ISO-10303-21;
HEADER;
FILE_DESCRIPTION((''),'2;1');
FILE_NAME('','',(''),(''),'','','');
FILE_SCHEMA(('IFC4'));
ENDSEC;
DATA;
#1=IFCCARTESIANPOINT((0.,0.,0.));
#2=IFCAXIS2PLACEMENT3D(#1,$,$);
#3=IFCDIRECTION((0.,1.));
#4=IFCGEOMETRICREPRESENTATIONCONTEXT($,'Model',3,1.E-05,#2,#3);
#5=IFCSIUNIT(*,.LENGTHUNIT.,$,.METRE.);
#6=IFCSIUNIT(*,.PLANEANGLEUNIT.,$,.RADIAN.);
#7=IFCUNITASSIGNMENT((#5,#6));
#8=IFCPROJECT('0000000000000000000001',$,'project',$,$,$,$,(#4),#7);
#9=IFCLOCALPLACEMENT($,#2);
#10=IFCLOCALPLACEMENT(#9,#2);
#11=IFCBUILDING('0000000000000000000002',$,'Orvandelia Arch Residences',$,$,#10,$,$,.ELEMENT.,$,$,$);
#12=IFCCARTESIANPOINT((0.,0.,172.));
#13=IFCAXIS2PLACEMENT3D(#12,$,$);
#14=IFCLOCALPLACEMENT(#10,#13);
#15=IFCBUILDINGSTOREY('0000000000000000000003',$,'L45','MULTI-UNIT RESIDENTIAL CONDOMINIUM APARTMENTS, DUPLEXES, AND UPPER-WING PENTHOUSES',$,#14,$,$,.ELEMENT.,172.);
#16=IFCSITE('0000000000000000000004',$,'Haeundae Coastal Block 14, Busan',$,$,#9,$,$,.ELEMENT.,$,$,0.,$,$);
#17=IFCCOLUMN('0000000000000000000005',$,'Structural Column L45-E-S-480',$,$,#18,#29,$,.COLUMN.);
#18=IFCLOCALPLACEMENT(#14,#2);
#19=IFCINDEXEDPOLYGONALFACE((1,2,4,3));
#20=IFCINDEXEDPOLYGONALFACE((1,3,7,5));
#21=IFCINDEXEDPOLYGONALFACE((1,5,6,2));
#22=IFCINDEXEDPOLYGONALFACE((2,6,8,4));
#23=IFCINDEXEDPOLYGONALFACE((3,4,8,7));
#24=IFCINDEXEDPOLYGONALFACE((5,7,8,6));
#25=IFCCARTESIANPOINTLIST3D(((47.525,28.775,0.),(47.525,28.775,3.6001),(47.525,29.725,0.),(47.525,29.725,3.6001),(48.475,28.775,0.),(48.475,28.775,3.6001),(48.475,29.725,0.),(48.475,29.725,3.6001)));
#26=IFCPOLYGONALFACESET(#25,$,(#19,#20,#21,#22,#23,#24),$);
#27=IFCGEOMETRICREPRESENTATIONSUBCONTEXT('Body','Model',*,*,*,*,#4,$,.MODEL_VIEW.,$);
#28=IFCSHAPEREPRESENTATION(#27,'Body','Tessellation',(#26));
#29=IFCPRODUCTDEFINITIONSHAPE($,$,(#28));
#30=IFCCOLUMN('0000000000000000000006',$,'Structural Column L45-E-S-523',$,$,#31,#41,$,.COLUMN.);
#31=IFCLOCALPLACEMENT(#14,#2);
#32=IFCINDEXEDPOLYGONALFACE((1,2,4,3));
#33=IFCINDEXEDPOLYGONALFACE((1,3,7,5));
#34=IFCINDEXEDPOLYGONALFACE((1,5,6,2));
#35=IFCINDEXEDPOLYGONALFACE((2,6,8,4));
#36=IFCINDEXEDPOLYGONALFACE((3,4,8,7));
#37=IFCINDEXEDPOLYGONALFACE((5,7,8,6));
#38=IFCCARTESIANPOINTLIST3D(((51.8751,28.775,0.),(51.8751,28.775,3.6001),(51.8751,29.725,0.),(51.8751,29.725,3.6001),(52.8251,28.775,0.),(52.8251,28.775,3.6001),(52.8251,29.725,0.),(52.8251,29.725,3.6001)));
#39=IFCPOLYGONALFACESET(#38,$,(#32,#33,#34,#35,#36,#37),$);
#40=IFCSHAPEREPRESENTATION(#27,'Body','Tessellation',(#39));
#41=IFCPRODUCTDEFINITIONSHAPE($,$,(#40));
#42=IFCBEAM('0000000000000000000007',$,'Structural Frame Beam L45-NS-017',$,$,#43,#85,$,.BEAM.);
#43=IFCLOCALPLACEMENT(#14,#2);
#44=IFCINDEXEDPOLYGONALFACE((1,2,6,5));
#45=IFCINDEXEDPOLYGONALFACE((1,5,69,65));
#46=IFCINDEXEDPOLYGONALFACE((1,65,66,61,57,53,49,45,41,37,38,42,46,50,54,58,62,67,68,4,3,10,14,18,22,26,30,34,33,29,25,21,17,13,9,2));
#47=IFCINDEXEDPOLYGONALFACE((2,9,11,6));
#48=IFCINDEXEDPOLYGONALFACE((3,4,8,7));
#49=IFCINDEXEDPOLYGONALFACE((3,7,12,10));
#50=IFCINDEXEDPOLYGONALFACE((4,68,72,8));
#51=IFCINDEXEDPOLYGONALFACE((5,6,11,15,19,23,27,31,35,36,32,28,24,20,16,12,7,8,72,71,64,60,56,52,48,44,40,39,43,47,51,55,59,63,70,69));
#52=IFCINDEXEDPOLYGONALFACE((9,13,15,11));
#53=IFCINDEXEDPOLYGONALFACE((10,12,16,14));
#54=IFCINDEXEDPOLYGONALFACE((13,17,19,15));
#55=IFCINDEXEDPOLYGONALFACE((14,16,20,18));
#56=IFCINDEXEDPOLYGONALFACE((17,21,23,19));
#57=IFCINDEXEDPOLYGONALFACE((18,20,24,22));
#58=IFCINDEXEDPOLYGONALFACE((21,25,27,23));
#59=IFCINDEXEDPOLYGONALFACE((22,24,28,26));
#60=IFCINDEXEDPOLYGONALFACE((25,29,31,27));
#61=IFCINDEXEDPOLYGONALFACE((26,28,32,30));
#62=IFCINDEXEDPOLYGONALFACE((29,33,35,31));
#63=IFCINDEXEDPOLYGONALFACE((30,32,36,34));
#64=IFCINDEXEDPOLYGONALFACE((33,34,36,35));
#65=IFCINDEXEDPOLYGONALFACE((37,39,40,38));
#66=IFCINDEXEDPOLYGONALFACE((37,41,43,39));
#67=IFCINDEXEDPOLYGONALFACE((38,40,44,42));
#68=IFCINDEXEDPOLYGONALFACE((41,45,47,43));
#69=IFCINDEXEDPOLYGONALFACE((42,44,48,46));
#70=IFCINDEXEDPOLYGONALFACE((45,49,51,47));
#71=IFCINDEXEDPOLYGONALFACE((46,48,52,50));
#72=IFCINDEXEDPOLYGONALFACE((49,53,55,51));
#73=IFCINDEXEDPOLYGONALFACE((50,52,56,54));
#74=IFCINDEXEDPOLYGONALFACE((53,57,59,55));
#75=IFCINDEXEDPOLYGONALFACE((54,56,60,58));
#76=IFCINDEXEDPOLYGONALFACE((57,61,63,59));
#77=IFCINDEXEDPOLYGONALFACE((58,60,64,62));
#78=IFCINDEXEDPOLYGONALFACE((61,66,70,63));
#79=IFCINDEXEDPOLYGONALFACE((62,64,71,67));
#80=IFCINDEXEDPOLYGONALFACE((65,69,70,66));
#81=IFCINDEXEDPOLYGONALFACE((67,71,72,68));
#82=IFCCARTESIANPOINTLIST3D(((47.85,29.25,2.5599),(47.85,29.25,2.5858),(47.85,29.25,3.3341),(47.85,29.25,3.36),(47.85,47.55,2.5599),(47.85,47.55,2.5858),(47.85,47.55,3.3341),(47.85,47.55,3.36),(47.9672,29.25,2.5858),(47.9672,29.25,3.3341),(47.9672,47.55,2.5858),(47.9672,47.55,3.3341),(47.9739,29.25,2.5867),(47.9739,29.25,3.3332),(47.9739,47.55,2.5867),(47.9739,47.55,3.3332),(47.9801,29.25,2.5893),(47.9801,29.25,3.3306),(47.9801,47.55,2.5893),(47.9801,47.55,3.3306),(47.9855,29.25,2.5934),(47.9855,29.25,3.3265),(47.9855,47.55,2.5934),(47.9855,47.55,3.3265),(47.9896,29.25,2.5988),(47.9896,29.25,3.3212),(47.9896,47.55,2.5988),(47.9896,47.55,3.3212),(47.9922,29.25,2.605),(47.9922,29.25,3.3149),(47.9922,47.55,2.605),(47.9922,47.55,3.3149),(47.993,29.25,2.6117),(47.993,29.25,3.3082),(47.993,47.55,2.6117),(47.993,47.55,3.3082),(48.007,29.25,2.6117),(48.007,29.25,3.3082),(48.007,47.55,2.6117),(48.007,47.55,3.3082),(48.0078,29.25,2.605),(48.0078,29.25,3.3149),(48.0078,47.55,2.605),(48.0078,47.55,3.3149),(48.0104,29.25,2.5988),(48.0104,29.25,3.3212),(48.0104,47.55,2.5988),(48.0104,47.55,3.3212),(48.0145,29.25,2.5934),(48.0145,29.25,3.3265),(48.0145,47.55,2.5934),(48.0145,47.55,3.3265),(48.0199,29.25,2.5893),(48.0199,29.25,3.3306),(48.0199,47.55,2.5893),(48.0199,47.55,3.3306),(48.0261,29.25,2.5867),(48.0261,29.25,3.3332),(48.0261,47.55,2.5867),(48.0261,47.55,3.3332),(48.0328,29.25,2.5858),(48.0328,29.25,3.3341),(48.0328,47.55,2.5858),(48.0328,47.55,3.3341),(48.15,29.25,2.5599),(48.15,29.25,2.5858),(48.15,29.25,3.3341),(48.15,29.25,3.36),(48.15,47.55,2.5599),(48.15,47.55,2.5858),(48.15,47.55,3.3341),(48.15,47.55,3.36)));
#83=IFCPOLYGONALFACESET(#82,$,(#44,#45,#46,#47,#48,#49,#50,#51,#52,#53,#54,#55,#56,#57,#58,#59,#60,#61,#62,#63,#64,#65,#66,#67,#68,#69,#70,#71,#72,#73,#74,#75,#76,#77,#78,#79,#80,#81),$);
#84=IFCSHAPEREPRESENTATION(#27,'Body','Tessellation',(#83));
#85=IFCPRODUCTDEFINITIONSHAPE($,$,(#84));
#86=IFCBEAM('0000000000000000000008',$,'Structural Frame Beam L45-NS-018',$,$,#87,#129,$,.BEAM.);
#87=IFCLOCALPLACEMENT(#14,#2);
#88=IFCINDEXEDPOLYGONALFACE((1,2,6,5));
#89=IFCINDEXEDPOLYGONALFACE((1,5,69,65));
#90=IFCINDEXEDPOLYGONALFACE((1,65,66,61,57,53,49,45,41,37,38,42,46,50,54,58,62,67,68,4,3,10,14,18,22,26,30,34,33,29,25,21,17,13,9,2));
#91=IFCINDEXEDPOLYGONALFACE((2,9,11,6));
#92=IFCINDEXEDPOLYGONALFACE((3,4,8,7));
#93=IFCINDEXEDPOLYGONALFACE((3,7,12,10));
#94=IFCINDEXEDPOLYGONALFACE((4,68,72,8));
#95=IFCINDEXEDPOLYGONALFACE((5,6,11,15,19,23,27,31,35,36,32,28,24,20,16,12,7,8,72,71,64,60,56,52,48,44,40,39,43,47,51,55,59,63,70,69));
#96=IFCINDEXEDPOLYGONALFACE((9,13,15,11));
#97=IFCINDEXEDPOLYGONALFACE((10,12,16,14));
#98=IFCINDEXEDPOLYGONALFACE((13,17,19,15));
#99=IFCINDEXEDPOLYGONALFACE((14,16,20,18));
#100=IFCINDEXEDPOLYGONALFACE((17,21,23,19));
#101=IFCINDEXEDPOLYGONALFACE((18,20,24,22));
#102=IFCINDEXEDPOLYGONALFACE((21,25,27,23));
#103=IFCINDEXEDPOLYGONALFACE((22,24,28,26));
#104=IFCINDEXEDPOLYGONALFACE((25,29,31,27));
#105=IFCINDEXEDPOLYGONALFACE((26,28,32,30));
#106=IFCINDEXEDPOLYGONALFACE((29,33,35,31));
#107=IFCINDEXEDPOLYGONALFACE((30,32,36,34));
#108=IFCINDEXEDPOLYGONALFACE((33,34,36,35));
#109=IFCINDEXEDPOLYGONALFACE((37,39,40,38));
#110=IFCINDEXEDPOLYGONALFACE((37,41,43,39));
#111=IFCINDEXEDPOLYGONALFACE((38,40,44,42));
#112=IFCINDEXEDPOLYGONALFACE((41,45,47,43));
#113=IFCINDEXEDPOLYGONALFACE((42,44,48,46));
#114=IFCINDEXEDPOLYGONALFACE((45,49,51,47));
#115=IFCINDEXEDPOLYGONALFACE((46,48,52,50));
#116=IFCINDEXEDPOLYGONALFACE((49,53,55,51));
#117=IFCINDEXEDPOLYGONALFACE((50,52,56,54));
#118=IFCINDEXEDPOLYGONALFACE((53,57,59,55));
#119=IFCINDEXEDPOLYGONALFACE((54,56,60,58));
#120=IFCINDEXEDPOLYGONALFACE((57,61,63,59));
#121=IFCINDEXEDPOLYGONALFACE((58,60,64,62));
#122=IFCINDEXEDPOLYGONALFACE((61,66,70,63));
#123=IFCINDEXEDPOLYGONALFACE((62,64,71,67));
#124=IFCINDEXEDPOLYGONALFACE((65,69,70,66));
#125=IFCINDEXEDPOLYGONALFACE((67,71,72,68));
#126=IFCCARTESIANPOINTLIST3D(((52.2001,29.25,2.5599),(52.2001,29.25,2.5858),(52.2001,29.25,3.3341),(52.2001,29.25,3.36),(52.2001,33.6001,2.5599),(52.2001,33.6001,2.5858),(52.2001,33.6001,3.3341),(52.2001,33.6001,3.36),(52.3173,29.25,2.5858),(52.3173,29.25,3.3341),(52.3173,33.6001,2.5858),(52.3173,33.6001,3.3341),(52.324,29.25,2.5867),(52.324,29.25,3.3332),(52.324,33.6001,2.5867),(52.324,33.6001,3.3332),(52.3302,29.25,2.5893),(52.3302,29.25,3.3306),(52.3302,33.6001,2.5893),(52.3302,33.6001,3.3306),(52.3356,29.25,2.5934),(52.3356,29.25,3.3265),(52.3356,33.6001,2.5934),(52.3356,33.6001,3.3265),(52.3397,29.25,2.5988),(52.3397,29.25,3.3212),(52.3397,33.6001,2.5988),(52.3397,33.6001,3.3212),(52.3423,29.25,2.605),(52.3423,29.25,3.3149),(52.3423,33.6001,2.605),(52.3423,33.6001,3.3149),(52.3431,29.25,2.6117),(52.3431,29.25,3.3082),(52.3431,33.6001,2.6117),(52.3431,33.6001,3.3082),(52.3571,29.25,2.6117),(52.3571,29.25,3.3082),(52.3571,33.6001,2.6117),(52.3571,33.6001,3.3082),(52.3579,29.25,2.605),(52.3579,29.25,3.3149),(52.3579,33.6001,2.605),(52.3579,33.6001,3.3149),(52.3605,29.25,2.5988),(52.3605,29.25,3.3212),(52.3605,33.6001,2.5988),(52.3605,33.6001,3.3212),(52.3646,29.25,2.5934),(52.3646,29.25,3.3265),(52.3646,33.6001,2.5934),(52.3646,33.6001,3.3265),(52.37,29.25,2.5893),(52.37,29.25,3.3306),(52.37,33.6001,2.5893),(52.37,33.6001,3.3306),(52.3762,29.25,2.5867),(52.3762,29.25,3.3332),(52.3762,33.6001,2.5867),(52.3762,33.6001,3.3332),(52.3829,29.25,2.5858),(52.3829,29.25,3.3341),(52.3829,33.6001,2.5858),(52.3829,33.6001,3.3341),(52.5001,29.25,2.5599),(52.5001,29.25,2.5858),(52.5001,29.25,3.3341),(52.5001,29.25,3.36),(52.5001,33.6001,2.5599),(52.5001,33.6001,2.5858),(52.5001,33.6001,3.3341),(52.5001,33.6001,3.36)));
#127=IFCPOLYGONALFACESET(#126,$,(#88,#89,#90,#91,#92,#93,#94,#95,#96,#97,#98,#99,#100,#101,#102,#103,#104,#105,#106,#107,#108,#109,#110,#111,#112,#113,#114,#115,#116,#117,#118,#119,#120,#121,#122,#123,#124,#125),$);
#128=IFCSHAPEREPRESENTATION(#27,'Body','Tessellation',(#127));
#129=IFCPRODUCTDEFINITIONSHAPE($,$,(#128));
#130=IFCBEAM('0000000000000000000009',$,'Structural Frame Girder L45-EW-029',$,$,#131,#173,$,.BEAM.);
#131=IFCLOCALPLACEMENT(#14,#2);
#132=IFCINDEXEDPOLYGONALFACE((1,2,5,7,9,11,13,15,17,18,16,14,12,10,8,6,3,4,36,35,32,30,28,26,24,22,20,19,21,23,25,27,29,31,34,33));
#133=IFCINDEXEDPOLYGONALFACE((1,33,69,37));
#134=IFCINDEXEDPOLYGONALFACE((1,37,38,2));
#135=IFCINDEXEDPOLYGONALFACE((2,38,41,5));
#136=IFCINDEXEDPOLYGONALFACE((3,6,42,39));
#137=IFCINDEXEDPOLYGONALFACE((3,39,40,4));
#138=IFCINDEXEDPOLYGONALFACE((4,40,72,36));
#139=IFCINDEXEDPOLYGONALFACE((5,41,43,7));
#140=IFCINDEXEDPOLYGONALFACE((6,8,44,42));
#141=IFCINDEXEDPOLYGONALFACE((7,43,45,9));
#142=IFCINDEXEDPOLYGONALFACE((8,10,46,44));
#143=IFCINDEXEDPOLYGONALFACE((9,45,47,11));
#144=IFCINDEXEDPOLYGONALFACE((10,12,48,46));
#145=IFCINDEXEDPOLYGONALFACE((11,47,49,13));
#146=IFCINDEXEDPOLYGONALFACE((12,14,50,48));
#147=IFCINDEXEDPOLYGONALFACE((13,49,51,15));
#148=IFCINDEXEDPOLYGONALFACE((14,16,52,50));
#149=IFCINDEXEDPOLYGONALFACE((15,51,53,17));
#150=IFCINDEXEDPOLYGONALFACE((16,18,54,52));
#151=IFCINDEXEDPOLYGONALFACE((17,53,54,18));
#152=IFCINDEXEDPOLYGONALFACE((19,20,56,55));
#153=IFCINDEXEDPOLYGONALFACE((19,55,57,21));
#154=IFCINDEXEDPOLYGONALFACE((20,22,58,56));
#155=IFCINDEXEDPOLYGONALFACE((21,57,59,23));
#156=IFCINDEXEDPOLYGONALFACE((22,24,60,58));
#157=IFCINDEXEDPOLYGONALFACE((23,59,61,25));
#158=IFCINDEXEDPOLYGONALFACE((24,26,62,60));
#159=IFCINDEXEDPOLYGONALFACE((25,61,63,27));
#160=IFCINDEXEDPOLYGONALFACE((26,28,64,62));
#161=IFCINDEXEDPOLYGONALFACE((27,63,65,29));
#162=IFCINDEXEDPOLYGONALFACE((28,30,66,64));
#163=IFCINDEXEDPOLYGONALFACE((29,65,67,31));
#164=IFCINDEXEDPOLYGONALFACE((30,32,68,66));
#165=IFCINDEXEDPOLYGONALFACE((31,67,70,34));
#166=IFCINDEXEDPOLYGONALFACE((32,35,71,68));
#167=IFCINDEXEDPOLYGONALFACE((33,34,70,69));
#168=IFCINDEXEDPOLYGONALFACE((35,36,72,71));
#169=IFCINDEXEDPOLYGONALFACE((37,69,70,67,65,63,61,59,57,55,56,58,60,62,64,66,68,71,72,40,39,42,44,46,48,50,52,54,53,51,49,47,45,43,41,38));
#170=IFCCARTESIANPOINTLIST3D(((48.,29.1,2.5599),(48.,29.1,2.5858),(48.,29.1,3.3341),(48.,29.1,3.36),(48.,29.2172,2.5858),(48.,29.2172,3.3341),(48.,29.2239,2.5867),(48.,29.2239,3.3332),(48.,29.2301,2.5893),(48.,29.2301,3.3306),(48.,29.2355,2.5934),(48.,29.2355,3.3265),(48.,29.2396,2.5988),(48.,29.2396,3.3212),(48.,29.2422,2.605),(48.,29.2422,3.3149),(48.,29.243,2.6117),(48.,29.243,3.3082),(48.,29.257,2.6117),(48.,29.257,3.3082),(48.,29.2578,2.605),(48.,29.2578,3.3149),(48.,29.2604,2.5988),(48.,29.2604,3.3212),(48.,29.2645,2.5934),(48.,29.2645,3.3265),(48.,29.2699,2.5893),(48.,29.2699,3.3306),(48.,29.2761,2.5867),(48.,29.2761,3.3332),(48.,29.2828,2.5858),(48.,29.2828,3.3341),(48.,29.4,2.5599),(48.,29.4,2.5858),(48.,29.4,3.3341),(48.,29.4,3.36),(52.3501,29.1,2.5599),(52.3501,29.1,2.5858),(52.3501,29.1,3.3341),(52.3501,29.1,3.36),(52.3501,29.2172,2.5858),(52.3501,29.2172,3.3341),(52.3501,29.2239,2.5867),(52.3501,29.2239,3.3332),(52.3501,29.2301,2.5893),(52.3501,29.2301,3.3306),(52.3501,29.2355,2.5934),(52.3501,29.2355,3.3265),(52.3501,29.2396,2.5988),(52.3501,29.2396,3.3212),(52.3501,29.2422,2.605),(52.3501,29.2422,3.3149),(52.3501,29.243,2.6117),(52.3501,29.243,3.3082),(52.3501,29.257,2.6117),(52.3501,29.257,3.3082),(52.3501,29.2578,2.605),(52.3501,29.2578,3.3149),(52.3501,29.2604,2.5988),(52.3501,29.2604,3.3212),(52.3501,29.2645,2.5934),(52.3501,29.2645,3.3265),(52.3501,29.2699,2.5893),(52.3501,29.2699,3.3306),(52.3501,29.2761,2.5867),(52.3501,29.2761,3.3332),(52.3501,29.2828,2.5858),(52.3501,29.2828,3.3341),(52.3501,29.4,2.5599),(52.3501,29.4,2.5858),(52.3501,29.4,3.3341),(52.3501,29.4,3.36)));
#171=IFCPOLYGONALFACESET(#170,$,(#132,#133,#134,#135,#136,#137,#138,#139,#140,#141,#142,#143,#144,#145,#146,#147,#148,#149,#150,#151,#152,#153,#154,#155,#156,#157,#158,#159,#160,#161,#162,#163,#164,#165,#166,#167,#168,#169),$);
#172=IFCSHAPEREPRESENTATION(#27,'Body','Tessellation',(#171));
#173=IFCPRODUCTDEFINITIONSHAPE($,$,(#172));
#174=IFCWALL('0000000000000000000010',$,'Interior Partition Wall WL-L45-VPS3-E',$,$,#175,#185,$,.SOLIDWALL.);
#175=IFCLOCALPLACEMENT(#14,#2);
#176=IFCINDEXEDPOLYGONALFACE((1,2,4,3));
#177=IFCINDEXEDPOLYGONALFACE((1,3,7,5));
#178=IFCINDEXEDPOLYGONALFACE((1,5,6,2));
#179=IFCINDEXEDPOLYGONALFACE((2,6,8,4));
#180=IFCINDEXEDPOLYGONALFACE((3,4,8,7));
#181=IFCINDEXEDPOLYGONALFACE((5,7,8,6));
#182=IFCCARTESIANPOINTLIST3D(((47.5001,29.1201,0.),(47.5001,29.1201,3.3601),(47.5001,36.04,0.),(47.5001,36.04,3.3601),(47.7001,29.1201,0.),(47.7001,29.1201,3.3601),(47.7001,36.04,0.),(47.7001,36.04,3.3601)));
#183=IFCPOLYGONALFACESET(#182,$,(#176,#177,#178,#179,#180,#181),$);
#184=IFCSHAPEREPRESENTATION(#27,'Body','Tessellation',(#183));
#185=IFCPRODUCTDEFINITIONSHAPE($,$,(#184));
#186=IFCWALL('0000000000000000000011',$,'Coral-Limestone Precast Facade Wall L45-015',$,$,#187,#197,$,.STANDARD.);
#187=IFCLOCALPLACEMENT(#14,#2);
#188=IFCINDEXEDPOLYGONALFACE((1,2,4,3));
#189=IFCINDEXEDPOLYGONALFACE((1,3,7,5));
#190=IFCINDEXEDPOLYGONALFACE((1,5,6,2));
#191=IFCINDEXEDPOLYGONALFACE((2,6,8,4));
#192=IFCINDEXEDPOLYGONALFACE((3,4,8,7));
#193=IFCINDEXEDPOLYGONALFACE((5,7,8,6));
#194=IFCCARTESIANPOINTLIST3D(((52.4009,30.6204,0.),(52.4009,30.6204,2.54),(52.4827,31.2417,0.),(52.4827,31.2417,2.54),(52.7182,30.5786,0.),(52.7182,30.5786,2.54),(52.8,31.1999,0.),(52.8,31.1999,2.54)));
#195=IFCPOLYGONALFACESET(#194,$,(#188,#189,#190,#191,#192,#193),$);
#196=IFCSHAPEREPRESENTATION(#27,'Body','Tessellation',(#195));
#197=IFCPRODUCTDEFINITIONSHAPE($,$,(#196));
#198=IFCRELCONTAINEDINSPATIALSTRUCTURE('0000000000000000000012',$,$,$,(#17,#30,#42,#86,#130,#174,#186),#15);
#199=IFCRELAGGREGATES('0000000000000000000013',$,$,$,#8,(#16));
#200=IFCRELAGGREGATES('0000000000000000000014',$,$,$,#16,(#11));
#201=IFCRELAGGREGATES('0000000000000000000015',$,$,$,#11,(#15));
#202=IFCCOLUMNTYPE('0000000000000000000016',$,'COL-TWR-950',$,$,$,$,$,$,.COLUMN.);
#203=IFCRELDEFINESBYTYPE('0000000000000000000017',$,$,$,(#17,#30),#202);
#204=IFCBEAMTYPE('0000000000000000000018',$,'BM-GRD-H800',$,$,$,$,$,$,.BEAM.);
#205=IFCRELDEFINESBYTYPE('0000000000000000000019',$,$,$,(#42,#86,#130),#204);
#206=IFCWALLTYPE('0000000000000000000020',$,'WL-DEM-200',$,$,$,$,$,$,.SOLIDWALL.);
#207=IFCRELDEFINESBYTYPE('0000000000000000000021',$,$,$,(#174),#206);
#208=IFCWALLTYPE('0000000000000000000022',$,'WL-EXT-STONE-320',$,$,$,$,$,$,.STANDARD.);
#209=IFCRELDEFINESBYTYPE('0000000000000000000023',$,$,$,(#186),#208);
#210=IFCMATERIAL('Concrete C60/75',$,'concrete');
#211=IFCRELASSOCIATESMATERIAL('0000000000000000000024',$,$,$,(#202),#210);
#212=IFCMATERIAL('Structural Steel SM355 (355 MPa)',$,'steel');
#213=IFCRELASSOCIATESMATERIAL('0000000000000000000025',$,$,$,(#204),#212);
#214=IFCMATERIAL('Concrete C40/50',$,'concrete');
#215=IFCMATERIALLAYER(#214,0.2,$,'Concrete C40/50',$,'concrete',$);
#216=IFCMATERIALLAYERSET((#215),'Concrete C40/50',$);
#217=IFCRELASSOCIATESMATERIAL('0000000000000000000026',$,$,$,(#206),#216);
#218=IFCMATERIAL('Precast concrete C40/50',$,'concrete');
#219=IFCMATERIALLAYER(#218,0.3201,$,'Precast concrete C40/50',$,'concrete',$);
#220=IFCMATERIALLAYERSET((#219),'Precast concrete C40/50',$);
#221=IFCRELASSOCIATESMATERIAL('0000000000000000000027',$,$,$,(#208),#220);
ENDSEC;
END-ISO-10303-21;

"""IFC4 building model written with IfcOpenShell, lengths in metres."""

from ifc_helpers import new_model, si_unit, direction, frame, frame_2d, origin, origin_2d, place, context, subcontext, project, spatial, rectangle, i_section, extrude, material, layer, layer_set, material_profile, profile_set, type_object, element, save


model = new_model("IFC4")

# Units and contexts
model_context = context("Model", 3, precision=1e-05, world=origin(), true_north=direction((0.0, 1.0)))
body_context = subcontext(model_context, "Body", "Model", "MODEL_VIEW")
ifc_project = project(units=[si_unit("LENGTHUNIT", "METRE"), si_unit("PLANEANGLEUNIT", "RADIAN")], contexts=[model_context])

# Site, building, storey
site_placement = place(None, origin())
site = spatial("IfcSite", under=ifc_project, at=site_placement, Name="Haeundae Coastal Block 14, Busan", CompositionType="ELEMENT", RefElevation=0.0)
building_placement = place(site_placement, origin())
building = spatial("IfcBuilding", under=site, at=building_placement, Name="Orvandelia Arch Residences", CompositionType="ELEMENT")
storey_placement = place(building_placement, frame((0.0, 0.0, 172.0)))
storey = spatial("IfcBuildingStorey", under=building, at=storey_placement, Name="L45", Description="MULTI-UNIT RESIDENTIAL CONDOMINIUM APARTMENTS, DUPLEXES, AND UPPER-WING PENTHOUSES", CompositionType="ELEMENT", Elevation=172.0)

# Columns
ifc_material_1 = material(Name="Concrete C60/75", Category="concrete")
ifc_material_profile_1 = material_profile(ifc_material_1, rectangle(XDim=0.95, YDim=0.95, at=origin_2d()), Name="Concrete C60/75", Category="concrete")
ifc_profile_set_1 = profile_set([ifc_material_profile_1], Name="Concrete C60/75")
column_type = type_object("IfcColumnType", Name="COL-TWR-950", PredefinedType="COLUMN", material=ifc_profile_set_1)
for number, where, z_axis, x_axis, name in (
    (1, (48.0, 29.25, 0.0), (0.0, 0.0, 1.0), (1.0, 0.0, 0.0), "Structural Column L45-E-S-480"),
    (2, (52.3501, 29.25, 0.0), (0.0, 0.0, 1.0), (1.0, 0.0, 0.0), "Structural Column L45-E-S-523"),
):
    element("IfcColumn", number, at=place(storey_placement, frame(where, z_axis=z_axis, x_axis=x_axis)), inside=storey, type_object=column_type, Name=name, PredefinedType="COLUMN", context=body_context, shape_type="SweptSolid", body=[
        extrude(rectangle(XDim=0.95, YDim=0.95, at=origin_2d()), origin(), (0.0, 0.0, 1.0), 3.6001),
    ])

# Beams
ifc_material_2 = material(Name="Structural Steel SM355 (355 MPa)", Category="steel")
ifc_material_profile_2 = material_profile(ifc_material_2, i_section(OverallWidth=0.3, OverallDepth=0.8, WebThickness=0.0139, FlangeThickness=0.0259, FilletRadius=0.0259, at=origin_2d()), Name="Structural Steel SM355 (355 MPa)", Category="steel")
ifc_profile_set_2 = profile_set([ifc_material_profile_2], Name="Structural Steel SM355 (355 MPa)")
beam_type = type_object("IfcBeamType", Name="BM-GRD-H800", PredefinedType="BEAM", material=ifc_profile_set_2)
beam_placement = place(storey_placement, frame((48.0, 29.25, 2.96), z_axis=(0.0, 1.0, 0.0), x_axis=(-1.0, 0.0, 0.0)))
element("IfcBeam", 3, at=beam_placement, inside=storey, type_object=beam_type, Name="Structural Frame Beam L45-NS-017", PredefinedType="BEAM", context=body_context, shape_type="SweptSolid", body=[
    extrude(i_section(OverallWidth=0.3, OverallDepth=0.8, WebThickness=0.0139, FlangeThickness=0.0259, FilletRadius=0.0259, at=origin_2d()), origin(), (0.0, 0.0, 1.0), 18.3),
])
for number, where, z_axis, x_axis, name in (
    (4, (52.3501, 29.25, 2.96), (0.0, 1.0, 0.0), (-1.0, 0.0, 0.0), "Structural Frame Beam L45-NS-018"),
    (5, (48.0, 29.25, 2.96), (1.0, 0.0, 0.0), (0.0, 1.0, 0.0), "Structural Frame Girder L45-EW-029"),
):
    element("IfcBeam", number, at=place(storey_placement, frame(where, z_axis=z_axis, x_axis=x_axis)), inside=storey, type_object=beam_type, Name=name, PredefinedType="BEAM", context=body_context, shape_type="SweptSolid", body=[
        extrude(i_section(OverallWidth=0.3, OverallDepth=0.8, WebThickness=0.0139, FlangeThickness=0.0259, FilletRadius=0.0259, at=origin_2d()), origin(), (0.0, 0.0, 1.0), 4.3501),
    ])

# Walls
ifc_material_3 = material(Name="Concrete C40/50", Category="concrete")
ifc_layer_1 = layer(ifc_material_3, 0.2, Name="Concrete C40/50", Category="concrete")
ifc_layer_set_1 = layer_set([ifc_layer_1], Name="Concrete C40/50")
wall_type_1 = type_object("IfcWallType", Name="WL-DEM-200", PredefinedType="SOLIDWALL", material=ifc_layer_set_1)
wall_1_placement = place(storey_placement, frame((47.6001, 29.1201, 0.0), z_axis=(0.0, 0.0, 1.0), x_axis=(0.0, 1.0, 0.0)))
element("IfcWall", 6, at=wall_1_placement, inside=storey, type_object=wall_type_1, Name="Interior Partition Wall WL-L45-VPS3-E", PredefinedType="SOLIDWALL", context=body_context, shape_type="SweptSolid", body=[
    extrude(rectangle(XDim=6.9199, YDim=0.2, at=frame_2d((3.46, 0.0))), origin(), (0.0, 0.0, 1.0), 3.3601),
])
ifc_material_4 = material(Name="Precast concrete C40/50", Category="concrete")
ifc_layer_2 = layer(ifc_material_4, 0.3201, Name="Precast concrete C40/50", Category="concrete")
ifc_layer_set_2 = layer_set([ifc_layer_2], Name="Precast concrete C40/50")
wall_type_2 = type_object("IfcWallType", Name="WL-EXT-STONE-320", PredefinedType="STANDARD", material=ifc_layer_set_2)
wall_2_placement = place(storey_placement, frame((52.6414, 31.2209, 0.0), z_axis=(0.0, 0.0, 1.0), x_axis=(-0.130505, -0.991448, 0.0)))
element("IfcWall", 7, at=wall_2_placement, inside=storey, type_object=wall_type_2, Name="Coral-Limestone Precast Facade Wall L45-015", PredefinedType="STANDARD", context=body_context, shape_type="SweptSolid", body=[
    extrude(rectangle(XDim=0.6267, YDim=0.3201, at=frame_2d((0.3135, 0.0))), origin(), (0.0, 0.0, 1.0), 2.54),
])

save(model, "model.ifc")
